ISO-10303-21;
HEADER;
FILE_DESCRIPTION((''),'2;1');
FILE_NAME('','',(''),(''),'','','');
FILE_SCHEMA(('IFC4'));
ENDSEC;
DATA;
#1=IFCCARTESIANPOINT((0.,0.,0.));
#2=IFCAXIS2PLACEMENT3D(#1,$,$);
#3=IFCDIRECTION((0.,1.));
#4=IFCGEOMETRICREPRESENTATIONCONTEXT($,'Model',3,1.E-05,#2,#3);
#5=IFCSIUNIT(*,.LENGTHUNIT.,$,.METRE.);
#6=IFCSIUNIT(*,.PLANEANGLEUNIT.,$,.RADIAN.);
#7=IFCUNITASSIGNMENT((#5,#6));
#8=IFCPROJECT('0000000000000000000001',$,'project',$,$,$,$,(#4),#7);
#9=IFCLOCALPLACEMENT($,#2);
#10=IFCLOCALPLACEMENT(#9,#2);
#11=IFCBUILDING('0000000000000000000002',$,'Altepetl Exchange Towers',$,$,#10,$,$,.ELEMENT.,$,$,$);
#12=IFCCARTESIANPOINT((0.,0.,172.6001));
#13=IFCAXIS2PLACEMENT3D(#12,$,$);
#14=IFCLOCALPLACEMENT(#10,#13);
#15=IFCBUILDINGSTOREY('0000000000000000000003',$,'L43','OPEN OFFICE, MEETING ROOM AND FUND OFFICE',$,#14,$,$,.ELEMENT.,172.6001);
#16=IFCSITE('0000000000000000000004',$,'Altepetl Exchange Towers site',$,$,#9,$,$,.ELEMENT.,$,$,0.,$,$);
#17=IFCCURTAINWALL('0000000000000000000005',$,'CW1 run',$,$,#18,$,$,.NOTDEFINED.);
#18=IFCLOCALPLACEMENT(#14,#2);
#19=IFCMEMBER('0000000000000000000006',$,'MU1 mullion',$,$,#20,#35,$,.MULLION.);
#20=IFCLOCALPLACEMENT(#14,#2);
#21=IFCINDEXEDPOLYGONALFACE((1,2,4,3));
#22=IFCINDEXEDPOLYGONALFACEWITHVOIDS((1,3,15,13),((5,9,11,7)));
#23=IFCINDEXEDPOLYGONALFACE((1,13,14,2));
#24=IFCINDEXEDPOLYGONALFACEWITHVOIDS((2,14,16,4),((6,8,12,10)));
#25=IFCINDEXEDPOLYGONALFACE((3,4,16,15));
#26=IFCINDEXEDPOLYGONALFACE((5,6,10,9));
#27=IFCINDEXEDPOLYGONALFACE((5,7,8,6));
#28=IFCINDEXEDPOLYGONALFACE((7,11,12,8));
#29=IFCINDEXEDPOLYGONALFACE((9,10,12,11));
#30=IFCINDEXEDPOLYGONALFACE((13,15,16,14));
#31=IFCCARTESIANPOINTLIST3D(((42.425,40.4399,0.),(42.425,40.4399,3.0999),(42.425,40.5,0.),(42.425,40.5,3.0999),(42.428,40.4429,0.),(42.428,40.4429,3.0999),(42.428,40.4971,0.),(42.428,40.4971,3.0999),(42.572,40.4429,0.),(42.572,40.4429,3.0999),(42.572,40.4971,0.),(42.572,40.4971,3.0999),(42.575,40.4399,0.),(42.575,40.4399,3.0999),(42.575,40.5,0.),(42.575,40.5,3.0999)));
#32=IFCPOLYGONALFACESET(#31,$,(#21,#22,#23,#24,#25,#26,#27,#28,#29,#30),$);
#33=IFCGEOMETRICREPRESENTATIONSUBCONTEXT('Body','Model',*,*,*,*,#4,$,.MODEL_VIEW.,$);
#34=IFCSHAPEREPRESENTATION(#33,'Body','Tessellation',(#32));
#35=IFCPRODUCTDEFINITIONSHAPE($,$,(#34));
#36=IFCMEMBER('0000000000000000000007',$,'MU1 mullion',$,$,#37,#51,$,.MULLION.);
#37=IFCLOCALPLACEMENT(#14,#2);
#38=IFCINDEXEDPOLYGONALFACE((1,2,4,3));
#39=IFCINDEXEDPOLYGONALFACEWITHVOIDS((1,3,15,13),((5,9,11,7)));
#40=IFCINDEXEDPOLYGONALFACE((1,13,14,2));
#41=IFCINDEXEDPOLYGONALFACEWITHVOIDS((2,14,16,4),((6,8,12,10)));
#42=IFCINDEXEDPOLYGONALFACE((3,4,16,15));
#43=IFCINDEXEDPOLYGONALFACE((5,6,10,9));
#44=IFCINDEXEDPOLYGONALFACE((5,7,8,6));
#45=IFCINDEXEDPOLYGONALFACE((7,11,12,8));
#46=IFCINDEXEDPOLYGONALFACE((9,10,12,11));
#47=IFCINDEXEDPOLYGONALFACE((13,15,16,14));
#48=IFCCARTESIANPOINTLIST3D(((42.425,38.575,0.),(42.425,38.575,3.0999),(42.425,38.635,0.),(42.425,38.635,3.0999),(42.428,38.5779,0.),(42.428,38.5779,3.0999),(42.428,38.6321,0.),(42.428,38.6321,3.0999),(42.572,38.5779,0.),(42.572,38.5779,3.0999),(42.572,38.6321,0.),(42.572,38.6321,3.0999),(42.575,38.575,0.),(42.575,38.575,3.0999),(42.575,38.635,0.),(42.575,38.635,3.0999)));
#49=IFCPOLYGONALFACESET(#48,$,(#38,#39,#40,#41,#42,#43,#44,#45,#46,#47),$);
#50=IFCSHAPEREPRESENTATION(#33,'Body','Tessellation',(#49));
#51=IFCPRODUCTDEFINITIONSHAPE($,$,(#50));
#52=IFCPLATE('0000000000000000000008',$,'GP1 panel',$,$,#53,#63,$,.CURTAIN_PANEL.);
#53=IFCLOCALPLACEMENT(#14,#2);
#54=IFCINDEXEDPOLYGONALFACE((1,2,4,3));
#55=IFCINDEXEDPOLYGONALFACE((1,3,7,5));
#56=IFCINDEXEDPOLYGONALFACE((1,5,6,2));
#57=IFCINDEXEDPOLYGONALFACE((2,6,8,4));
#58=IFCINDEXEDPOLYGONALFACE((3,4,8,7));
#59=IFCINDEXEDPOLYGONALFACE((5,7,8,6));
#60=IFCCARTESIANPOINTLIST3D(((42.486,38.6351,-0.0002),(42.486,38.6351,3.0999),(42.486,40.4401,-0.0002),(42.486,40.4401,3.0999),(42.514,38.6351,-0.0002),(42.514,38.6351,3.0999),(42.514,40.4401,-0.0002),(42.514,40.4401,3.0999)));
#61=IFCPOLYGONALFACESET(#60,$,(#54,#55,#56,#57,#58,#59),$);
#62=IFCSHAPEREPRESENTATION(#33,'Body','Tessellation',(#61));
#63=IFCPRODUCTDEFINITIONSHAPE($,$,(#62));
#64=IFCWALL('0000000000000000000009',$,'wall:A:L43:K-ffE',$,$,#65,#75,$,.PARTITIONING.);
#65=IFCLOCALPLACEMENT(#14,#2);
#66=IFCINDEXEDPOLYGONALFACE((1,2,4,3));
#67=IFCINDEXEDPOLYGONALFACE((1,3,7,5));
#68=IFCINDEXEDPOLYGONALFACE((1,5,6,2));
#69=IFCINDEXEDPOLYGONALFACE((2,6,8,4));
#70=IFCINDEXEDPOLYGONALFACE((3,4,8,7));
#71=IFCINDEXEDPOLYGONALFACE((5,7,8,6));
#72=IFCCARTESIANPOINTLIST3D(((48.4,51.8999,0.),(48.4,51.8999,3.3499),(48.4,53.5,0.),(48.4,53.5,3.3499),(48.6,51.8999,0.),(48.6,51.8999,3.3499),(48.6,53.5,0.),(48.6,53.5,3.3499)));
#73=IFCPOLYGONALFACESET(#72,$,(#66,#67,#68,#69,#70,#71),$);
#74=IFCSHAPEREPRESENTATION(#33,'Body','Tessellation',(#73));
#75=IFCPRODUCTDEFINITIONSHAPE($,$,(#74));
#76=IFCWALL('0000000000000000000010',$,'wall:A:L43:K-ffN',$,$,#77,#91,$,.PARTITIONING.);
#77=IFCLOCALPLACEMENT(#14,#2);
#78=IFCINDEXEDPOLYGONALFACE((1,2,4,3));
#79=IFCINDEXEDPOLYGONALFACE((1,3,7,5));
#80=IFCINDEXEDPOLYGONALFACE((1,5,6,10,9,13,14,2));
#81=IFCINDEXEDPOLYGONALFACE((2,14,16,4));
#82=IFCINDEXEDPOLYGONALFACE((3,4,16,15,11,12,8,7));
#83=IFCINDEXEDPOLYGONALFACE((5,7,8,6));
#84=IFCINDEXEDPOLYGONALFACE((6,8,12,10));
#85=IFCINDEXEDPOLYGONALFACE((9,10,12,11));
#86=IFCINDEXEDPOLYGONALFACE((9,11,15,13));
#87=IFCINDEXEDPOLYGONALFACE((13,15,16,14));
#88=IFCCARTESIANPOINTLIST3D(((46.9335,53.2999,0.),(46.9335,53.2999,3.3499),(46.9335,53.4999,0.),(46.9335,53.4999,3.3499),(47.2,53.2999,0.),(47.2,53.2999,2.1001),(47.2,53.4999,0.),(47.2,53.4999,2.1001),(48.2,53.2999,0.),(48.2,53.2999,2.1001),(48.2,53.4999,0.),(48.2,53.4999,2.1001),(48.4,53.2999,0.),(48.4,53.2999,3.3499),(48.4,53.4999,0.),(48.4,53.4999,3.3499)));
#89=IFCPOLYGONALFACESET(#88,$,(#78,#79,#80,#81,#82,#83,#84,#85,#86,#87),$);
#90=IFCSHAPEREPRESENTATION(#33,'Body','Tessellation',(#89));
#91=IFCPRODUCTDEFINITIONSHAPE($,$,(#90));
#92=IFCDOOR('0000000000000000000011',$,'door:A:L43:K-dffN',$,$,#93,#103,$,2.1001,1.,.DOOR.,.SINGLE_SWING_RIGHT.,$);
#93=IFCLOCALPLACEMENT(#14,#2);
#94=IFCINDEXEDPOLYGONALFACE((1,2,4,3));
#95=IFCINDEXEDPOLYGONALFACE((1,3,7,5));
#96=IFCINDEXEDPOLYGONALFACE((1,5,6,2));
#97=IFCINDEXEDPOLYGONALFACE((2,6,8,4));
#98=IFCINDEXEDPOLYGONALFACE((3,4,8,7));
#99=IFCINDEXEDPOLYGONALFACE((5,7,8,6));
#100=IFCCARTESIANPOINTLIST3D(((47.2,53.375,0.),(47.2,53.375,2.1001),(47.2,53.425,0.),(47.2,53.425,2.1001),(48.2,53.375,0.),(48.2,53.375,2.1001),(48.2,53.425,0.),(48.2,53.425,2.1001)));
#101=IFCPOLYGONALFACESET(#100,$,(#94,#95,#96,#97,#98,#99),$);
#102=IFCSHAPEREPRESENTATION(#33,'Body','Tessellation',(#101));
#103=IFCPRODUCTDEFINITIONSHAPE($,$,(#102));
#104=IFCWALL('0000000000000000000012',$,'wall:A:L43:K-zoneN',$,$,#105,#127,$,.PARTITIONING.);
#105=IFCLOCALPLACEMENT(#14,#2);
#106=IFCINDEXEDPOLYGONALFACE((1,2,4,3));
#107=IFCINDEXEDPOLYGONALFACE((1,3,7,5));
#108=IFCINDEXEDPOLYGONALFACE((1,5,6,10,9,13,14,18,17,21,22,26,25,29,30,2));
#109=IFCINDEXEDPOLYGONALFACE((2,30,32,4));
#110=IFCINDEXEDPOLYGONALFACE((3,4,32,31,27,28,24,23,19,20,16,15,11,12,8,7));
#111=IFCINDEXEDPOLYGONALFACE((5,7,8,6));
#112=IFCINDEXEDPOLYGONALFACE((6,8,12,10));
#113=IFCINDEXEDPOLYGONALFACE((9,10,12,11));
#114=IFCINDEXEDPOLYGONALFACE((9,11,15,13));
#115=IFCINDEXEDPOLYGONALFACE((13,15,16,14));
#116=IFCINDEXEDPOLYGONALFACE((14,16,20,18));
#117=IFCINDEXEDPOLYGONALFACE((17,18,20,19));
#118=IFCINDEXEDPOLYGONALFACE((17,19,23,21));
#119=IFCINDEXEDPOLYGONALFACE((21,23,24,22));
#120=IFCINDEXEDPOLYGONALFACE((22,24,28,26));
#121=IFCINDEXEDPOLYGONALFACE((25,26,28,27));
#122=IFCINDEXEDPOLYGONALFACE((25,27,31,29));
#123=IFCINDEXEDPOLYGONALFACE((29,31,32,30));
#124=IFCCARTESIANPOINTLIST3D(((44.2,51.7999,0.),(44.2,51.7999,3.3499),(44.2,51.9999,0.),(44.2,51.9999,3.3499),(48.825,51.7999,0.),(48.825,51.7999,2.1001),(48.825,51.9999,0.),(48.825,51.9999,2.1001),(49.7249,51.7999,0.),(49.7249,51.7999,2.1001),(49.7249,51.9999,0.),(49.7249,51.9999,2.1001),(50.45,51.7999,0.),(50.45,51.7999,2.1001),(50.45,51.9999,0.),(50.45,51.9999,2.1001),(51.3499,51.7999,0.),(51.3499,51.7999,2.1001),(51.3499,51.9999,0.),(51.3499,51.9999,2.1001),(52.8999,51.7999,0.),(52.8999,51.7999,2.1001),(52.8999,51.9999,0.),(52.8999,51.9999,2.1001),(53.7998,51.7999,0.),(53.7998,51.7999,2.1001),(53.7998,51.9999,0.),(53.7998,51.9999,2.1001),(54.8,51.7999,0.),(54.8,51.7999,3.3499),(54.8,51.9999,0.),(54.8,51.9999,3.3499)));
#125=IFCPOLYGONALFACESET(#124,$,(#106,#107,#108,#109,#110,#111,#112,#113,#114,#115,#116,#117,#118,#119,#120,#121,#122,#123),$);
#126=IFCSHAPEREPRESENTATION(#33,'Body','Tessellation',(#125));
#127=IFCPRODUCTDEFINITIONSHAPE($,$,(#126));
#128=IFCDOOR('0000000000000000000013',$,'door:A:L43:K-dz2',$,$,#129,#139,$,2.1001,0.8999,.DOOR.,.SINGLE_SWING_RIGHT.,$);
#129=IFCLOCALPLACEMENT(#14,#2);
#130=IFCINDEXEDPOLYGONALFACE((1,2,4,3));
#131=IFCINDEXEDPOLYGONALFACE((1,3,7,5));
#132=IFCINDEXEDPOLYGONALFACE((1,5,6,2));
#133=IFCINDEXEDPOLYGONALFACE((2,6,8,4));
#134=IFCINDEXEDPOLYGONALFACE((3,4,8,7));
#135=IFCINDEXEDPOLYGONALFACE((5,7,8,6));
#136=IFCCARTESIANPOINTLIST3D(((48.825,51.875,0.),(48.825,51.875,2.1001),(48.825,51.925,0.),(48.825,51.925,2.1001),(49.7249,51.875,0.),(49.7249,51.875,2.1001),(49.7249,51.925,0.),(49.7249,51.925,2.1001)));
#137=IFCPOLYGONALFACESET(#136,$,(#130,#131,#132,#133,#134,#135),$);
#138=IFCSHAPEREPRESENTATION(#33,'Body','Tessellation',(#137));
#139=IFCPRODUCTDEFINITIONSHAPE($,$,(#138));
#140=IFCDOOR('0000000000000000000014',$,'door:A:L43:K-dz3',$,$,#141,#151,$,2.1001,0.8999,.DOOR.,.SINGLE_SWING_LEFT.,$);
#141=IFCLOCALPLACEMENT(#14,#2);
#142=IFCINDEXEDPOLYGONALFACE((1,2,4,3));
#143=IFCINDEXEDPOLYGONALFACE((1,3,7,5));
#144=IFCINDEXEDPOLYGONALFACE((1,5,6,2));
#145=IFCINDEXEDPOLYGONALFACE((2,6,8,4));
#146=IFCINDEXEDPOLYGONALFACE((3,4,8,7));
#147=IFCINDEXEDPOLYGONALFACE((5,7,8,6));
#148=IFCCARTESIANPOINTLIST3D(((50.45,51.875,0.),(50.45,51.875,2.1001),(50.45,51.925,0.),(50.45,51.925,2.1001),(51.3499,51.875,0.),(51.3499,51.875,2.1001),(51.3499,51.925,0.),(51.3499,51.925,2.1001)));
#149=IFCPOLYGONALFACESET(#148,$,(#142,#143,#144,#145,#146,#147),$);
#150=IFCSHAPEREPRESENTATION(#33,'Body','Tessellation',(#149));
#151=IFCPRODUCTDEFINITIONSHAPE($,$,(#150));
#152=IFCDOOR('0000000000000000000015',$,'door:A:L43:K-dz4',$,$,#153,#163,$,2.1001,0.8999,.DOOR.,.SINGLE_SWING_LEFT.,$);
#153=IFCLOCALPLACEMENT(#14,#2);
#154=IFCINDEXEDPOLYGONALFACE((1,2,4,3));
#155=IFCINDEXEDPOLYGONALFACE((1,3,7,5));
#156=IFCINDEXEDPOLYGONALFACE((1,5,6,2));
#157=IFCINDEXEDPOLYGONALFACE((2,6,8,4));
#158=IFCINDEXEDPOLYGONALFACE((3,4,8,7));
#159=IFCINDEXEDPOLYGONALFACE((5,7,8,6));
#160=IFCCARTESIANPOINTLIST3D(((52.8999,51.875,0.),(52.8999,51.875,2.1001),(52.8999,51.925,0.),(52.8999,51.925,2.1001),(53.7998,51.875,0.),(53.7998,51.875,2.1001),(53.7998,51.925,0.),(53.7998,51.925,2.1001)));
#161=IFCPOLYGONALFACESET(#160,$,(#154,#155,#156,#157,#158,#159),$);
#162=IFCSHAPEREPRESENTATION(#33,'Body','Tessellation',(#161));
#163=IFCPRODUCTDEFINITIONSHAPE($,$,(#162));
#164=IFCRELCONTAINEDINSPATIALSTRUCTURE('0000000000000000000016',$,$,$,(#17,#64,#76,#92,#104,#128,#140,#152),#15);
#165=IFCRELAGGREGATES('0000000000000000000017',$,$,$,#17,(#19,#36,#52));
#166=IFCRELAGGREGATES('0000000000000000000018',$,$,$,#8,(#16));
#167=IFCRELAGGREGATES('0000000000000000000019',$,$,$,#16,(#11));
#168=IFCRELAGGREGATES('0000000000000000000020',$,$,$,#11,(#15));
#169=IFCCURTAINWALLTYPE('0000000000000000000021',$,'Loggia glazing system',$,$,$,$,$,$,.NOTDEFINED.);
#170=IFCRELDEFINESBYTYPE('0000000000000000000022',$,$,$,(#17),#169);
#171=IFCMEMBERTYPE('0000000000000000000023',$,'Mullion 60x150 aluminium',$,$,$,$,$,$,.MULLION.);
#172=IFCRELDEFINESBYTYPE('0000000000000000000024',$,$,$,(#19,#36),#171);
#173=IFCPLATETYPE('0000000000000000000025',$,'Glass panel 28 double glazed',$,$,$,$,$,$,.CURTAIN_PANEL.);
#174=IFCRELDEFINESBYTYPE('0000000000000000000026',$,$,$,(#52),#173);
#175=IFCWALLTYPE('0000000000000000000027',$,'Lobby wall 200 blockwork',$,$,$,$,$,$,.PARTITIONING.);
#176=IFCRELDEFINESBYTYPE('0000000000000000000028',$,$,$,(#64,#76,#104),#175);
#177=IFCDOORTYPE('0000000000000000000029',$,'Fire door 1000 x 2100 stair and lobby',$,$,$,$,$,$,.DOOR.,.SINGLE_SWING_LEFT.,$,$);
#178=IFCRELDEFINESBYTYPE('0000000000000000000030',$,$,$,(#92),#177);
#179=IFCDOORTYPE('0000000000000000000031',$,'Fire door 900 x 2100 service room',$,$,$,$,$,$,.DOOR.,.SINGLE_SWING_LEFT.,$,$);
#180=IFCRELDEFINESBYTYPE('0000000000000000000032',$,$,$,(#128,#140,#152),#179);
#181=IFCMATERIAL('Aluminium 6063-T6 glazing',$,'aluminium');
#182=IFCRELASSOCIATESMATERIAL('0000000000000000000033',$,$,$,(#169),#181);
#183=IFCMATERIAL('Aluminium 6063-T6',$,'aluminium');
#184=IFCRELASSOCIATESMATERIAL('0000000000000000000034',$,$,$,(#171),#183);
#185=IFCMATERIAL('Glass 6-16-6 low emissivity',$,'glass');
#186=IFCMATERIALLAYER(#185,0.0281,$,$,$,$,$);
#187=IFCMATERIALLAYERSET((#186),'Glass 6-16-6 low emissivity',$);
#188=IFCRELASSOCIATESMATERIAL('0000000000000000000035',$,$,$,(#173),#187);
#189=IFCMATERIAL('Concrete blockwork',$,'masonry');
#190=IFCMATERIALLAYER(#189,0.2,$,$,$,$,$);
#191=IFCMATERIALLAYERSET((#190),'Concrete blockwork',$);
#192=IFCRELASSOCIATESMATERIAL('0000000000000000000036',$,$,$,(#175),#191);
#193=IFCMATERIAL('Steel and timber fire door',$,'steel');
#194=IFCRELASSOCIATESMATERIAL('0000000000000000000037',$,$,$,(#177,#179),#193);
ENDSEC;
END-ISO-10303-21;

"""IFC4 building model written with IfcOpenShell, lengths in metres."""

from ifc_helpers import new_model, si_unit, direction, frame, frame_2d, origin, origin_2d, place, context, subcontext, project, spatial, rectangle, hollow_rectangle, extrude, material, layer, layer_set, material_profile, profile_set, type_object, element, fill, aggregate, save


model = new_model("IFC4")

# Units and contexts
model_context = context("Model", 3, precision=1e-05, world=origin(), true_north=direction((0.0, 1.0)))
body_context = subcontext(model_context, "Body", "Model", "MODEL_VIEW")
ifc_project = project(units=[si_unit("LENGTHUNIT", "METRE"), si_unit("PLANEANGLEUNIT", "RADIAN")], contexts=[model_context])

# Site, building, storey
site_placement = place(None, origin())
site = spatial("IfcSite", under=ifc_project, at=site_placement, Name="Altepetl Exchange Towers site", CompositionType="ELEMENT", RefElevation=0.0)
building_placement = place(site_placement, origin())
building = spatial("IfcBuilding", under=site, at=building_placement, Name="Altepetl Exchange Towers", CompositionType="ELEMENT")
storey_placement = place(building_placement, frame((0.0, 0.0, 172.6001)))
storey = spatial("IfcBuildingStorey", under=building, at=storey_placement, Name="L43", Description="OPEN OFFICE, MEETING ROOM AND FUND OFFICE", CompositionType="ELEMENT", Elevation=172.6001)

# Curtain wall, members, plate
ifc_material_1 = material(Name="Aluminium 6063-T6 glazing", Category="aluminium")
curtain_wall_type = type_object("IfcCurtainWallType", Name="Loggia glazing system", PredefinedType="NOTDEFINED", material=ifc_material_1)
curtain_wall_placement = place(storey_placement, origin())
curtain_wall = element("IfcCurtainWall", 1, at=curtain_wall_placement, inside=storey, type_object=curtain_wall_type, Name="CW1 run", PredefinedType="NOTDEFINED")
ifc_material_2 = material(Name="Aluminium 6063-T6", Category="aluminium")
ifc_material_profile = material_profile(ifc_material_2, hollow_rectangle(XDim=0.0601, YDim=0.1499, WallThickness=0.0029, at=origin_2d()), Name="Mullion 60x150 aluminium")
ifc_profile_set = profile_set([ifc_material_profile], Name="Aluminium 6063-T6")
member_type = type_object("IfcMemberType", Name="Mullion 60x150 aluminium", PredefinedType="MULLION", material=ifc_profile_set)
member_1_placement = place(storey_placement, frame((42.5, 40.47, 0.0), z_axis=(0.0, 0.0, 1.0), x_axis=(0.0, -1.0, 0.0)))
member_1 = element("IfcMember", 2, at=member_1_placement, type_object=member_type, Name="MU1 mullion", PredefinedType="MULLION", context=body_context, shape_type="SweptSolid", body=[
    extrude(hollow_rectangle(XDim=0.0601, YDim=0.1499, WallThickness=0.0029, at=origin_2d()), origin(), (0.0, 0.0, 1.0), 3.0999),
])
member_2_placement = place(storey_placement, frame((42.5, 38.605, 0.0), z_axis=(0.0, 0.0, 1.0), x_axis=(0.0, -1.0, 0.0)))
member_2 = element("IfcMember", 3, at=member_2_placement, type_object=member_type, Name="MU1 mullion", PredefinedType="MULLION", context=body_context, shape_type="SweptSolid", body=[
    extrude(hollow_rectangle(XDim=0.0601, YDim=0.1499, WallThickness=0.0029, at=origin_2d()), origin(), (0.0, 0.0, 1.0), 3.0999),
])
ifc_material_3 = material(Name="Glass 6-16-6 low emissivity", Category="glass")
ifc_layer_1 = layer(ifc_material_3, 0.0281)
ifc_layer_set_1 = layer_set([ifc_layer_1], Name="Glass 6-16-6 low emissivity")
plate_type = type_object("IfcPlateType", Name="Glass panel 28 double glazed", PredefinedType="CURTAIN_PANEL", material=ifc_layer_set_1)
plate_placement = place(storey_placement, frame((42.5, 39.5376, -0.0002), z_axis=(0.0, 0.0, 1.0), x_axis=(0.0, -1.0, 0.0)))
plate = element("IfcPlate", 4, at=plate_placement, type_object=plate_type, Name="GP1 panel", PredefinedType="CURTAIN_PANEL", context=body_context, shape_type="SweptSolid", body=[
    extrude(rectangle(XDim=1.8049, YDim=0.0281, at=origin_2d()), origin(), (0.0, 0.0, 1.0), 3.1001),
])
aggregate(curtain_wall, [member_1, member_2, plate])

# Wall
ifc_material_4 = material(Name="Concrete blockwork", Category="masonry")
ifc_layer_2 = layer(ifc_material_4, 0.2)
ifc_layer_set_2 = layer_set([ifc_layer_2], Name="Concrete blockwork")
wall_type_1 = type_object("IfcWallType", Name="Lobby wall 200 blockwork", PredefinedType="PARTITIONING", material=ifc_layer_set_2)
wall_1_placement = place(storey_placement, frame((48.5, 51.8999, 0.0), z_axis=(0.0, 0.0, 1.0), x_axis=(0.0, 1.0, 0.0)))
element("IfcWall", 5, at=wall_1_placement, inside=storey, type_object=wall_type_1, Name="wall:A:L43:K-ffE", PredefinedType="PARTITIONING", context=body_context, shape_type="SweptSolid", body=[
    extrude(rectangle(XDim=1.6001, YDim=0.2, at=frame_2d((0.8, 0.0))), origin(), (0.0, 0.0, 1.0), 3.3499),
])

# Wall, opening, door
wall_2_placement = place(storey_placement, frame((46.9333, 53.3999, 0.0)))
wall_2 = element("IfcWall", 6, at=wall_2_placement, inside=storey, type_object=wall_type_1, Name="wall:A:L43:K-ffN", PredefinedType="PARTITIONING", context=body_context, shape_type="SweptSolid", body=[
    extrude(rectangle(XDim=1.4666, YDim=0.2, at=frame_2d((0.7334, 0.0))), origin(), (0.0, 0.0, 1.0), 3.3499),
])
opening_1_placement = place(wall_2_placement, frame((0.2666, 0.0, 0.0)))
opening_1 = element("IfcOpeningElement", 7, at=opening_1_placement, cuts=wall_2, PredefinedType="OPENING", context=body_context, shape_type="SweptSolid", body=[
    extrude(rectangle(XDim=1.0, YDim=2.1001, at=frame_2d((0.5, 1.05))), frame((0.0, 0.1099, 0.0), z_axis=(0.0, -1.0, 0.0), x_axis=(1.0, 0.0, 0.0)), (0.0, 0.0, 1.0), 0.22),
])
ifc_material_5 = material(Name="Steel and timber fire door", Category="steel")
door_type_1 = type_object("IfcDoorType", Name="Fire door 1000 x 2100 stair and lobby", OperationType="SINGLE_SWING_LEFT", PredefinedType="DOOR", material=ifc_material_5)
door_1_placement = place(opening_1_placement, frame((1.0, 0.0, 0.0), x_axis=(-1.0, 0.0, 0.0)))
door_1 = element("IfcDoor", 8, at=door_1_placement, inside=storey, type_object=door_type_1, Name="door:A:L43:K-dffN", OperationType="SINGLE_SWING_RIGHT", OverallHeight=2.1001, OverallWidth=1.0, PredefinedType="DOOR", context=body_context, shape_type="SweptSolid", body=[
    extrude(rectangle(XDim=1.0, YDim=2.1001, at=frame_2d((0.5, 1.05))), frame((0.0, 0.0249, 0.0), z_axis=(0.0, -1.0, 0.0), x_axis=(1.0, 0.0, 0.0)), (0.0, 0.0, 1.0), 0.05),
])
fill(opening_1, door_1)

# Wall, openings, doors
wall_3_placement = place(storey_placement, frame((44.2, 51.8999, 0.0)))
wall_3 = element("IfcWall", 9, at=wall_3_placement, inside=storey, type_object=wall_type_1, Name="wall:A:L43:K-zoneN", PredefinedType="PARTITIONING", context=body_context, shape_type="SweptSolid", body=[
    extrude(rectangle(XDim=10.6001, YDim=0.2, at=frame_2d((5.3, 0.0))), origin(), (0.0, 0.0, 1.0), 3.3499),
])
opening_2_placement = place(wall_3_placement, frame((4.625, 0.0, 0.0)))
opening_2 = element("IfcOpeningElement", 10, at=opening_2_placement, cuts=wall_3, PredefinedType="OPENING", context=body_context, shape_type="SweptSolid", body=[
    extrude(rectangle(XDim=0.8999, YDim=2.1001, at=frame_2d((0.45, 1.05))), frame((0.0, 0.1099, 0.0), z_axis=(0.0, -1.0, 0.0), x_axis=(1.0, 0.0, 0.0)), (0.0, 0.0, 1.0), 0.22),
])
opening_3_placement = place(wall_3_placement, frame((6.25, 0.0, 0.0)))
opening_3 = element("IfcOpeningElement", 11, at=opening_3_placement, cuts=wall_3, PredefinedType="OPENING", context=body_context, shape_type="SweptSolid", body=[
    extrude(rectangle(XDim=0.8999, YDim=2.1001, at=frame_2d((0.45, 1.05))), frame((0.0, 0.1099, 0.0), z_axis=(0.0, -1.0, 0.0), x_axis=(1.0, 0.0, 0.0)), (0.0, 0.0, 1.0), 0.22),
])
opening_4_placement = place(wall_3_placement, frame((8.7, 0.0, 0.0)))
opening_4 = element("IfcOpeningElement", 12, at=opening_4_placement, cuts=wall_3, PredefinedType="OPENING", context=body_context, shape_type="SweptSolid", body=[
    extrude(rectangle(XDim=0.8999, YDim=2.1001, at=frame_2d((0.45, 1.05))), frame((0.0, 0.1099, 0.0), z_axis=(0.0, -1.0, 0.0), x_axis=(1.0, 0.0, 0.0)), (0.0, 0.0, 1.0), 0.22),
])
door_type_2 = type_object("IfcDoorType", Name="Fire door 900 x 2100 service room", OperationType="SINGLE_SWING_LEFT", PredefinedType="DOOR", material=ifc_material_5)
door_2_placement = place(opening_2_placement, frame((0.8999, 0.0, 0.0), x_axis=(-1.0, 0.0, 0.0)))
door_2 = element("IfcDoor", 13, at=door_2_placement, inside=storey, type_object=door_type_2, Name="door:A:L43:K-dz2", OperationType="SINGLE_SWING_RIGHT", OverallHeight=2.1001, OverallWidth=0.8999, PredefinedType="DOOR", context=body_context, shape_type="SweptSolid", body=[
    extrude(rectangle(XDim=0.8999, YDim=2.1001, at=frame_2d((0.45, 1.05))), frame((0.0, 0.0249, 0.0), z_axis=(0.0, -1.0, 0.0), x_axis=(1.0, 0.0, 0.0)), (0.0, 0.0, 1.0), 0.05),
])
fill(opening_2, door_2)
door_3_placement = place(opening_3_placement, frame((0.8999, 0.0, 0.0), x_axis=(-1.0, 0.0, 0.0)))
door_3 = element("IfcDoor", 14, at=door_3_placement, inside=storey, type_object=door_type_2, Name="door:A:L43:K-dz3", OperationType="SINGLE_SWING_LEFT", OverallHeight=2.1001, OverallWidth=0.8999, PredefinedType="DOOR", context=body_context, shape_type="SweptSolid", body=[
    extrude(rectangle(XDim=0.8999, YDim=2.1001, at=frame_2d((0.45, 1.05))), frame((0.0, 0.0249, 0.0), z_axis=(0.0, -1.0, 0.0), x_axis=(1.0, 0.0, 0.0)), (0.0, 0.0, 1.0), 0.05),
])
fill(opening_3, door_3)
door_4_placement = place(opening_4_placement, frame((0.8999, 0.0, 0.0), x_axis=(-1.0, 0.0, 0.0)))
door_4 = element("IfcDoor", 15, at=door_4_placement, inside=storey, type_object=door_type_2, Name="door:A:L43:K-dz4", OperationType="SINGLE_SWING_LEFT", OverallHeight=2.1001, OverallWidth=0.8999, PredefinedType="DOOR", context=body_context, shape_type="SweptSolid", body=[
    extrude(rectangle(XDim=0.8999, YDim=2.1001, at=frame_2d((0.45, 1.05))), frame((0.0, 0.0249, 0.0), z_axis=(0.0, -1.0, 0.0), x_axis=(1.0, 0.0, 0.0)), (0.0, 0.0, 1.0), 0.05),
])
fill(opening_4, door_4)

save(model, "model.ifc")
